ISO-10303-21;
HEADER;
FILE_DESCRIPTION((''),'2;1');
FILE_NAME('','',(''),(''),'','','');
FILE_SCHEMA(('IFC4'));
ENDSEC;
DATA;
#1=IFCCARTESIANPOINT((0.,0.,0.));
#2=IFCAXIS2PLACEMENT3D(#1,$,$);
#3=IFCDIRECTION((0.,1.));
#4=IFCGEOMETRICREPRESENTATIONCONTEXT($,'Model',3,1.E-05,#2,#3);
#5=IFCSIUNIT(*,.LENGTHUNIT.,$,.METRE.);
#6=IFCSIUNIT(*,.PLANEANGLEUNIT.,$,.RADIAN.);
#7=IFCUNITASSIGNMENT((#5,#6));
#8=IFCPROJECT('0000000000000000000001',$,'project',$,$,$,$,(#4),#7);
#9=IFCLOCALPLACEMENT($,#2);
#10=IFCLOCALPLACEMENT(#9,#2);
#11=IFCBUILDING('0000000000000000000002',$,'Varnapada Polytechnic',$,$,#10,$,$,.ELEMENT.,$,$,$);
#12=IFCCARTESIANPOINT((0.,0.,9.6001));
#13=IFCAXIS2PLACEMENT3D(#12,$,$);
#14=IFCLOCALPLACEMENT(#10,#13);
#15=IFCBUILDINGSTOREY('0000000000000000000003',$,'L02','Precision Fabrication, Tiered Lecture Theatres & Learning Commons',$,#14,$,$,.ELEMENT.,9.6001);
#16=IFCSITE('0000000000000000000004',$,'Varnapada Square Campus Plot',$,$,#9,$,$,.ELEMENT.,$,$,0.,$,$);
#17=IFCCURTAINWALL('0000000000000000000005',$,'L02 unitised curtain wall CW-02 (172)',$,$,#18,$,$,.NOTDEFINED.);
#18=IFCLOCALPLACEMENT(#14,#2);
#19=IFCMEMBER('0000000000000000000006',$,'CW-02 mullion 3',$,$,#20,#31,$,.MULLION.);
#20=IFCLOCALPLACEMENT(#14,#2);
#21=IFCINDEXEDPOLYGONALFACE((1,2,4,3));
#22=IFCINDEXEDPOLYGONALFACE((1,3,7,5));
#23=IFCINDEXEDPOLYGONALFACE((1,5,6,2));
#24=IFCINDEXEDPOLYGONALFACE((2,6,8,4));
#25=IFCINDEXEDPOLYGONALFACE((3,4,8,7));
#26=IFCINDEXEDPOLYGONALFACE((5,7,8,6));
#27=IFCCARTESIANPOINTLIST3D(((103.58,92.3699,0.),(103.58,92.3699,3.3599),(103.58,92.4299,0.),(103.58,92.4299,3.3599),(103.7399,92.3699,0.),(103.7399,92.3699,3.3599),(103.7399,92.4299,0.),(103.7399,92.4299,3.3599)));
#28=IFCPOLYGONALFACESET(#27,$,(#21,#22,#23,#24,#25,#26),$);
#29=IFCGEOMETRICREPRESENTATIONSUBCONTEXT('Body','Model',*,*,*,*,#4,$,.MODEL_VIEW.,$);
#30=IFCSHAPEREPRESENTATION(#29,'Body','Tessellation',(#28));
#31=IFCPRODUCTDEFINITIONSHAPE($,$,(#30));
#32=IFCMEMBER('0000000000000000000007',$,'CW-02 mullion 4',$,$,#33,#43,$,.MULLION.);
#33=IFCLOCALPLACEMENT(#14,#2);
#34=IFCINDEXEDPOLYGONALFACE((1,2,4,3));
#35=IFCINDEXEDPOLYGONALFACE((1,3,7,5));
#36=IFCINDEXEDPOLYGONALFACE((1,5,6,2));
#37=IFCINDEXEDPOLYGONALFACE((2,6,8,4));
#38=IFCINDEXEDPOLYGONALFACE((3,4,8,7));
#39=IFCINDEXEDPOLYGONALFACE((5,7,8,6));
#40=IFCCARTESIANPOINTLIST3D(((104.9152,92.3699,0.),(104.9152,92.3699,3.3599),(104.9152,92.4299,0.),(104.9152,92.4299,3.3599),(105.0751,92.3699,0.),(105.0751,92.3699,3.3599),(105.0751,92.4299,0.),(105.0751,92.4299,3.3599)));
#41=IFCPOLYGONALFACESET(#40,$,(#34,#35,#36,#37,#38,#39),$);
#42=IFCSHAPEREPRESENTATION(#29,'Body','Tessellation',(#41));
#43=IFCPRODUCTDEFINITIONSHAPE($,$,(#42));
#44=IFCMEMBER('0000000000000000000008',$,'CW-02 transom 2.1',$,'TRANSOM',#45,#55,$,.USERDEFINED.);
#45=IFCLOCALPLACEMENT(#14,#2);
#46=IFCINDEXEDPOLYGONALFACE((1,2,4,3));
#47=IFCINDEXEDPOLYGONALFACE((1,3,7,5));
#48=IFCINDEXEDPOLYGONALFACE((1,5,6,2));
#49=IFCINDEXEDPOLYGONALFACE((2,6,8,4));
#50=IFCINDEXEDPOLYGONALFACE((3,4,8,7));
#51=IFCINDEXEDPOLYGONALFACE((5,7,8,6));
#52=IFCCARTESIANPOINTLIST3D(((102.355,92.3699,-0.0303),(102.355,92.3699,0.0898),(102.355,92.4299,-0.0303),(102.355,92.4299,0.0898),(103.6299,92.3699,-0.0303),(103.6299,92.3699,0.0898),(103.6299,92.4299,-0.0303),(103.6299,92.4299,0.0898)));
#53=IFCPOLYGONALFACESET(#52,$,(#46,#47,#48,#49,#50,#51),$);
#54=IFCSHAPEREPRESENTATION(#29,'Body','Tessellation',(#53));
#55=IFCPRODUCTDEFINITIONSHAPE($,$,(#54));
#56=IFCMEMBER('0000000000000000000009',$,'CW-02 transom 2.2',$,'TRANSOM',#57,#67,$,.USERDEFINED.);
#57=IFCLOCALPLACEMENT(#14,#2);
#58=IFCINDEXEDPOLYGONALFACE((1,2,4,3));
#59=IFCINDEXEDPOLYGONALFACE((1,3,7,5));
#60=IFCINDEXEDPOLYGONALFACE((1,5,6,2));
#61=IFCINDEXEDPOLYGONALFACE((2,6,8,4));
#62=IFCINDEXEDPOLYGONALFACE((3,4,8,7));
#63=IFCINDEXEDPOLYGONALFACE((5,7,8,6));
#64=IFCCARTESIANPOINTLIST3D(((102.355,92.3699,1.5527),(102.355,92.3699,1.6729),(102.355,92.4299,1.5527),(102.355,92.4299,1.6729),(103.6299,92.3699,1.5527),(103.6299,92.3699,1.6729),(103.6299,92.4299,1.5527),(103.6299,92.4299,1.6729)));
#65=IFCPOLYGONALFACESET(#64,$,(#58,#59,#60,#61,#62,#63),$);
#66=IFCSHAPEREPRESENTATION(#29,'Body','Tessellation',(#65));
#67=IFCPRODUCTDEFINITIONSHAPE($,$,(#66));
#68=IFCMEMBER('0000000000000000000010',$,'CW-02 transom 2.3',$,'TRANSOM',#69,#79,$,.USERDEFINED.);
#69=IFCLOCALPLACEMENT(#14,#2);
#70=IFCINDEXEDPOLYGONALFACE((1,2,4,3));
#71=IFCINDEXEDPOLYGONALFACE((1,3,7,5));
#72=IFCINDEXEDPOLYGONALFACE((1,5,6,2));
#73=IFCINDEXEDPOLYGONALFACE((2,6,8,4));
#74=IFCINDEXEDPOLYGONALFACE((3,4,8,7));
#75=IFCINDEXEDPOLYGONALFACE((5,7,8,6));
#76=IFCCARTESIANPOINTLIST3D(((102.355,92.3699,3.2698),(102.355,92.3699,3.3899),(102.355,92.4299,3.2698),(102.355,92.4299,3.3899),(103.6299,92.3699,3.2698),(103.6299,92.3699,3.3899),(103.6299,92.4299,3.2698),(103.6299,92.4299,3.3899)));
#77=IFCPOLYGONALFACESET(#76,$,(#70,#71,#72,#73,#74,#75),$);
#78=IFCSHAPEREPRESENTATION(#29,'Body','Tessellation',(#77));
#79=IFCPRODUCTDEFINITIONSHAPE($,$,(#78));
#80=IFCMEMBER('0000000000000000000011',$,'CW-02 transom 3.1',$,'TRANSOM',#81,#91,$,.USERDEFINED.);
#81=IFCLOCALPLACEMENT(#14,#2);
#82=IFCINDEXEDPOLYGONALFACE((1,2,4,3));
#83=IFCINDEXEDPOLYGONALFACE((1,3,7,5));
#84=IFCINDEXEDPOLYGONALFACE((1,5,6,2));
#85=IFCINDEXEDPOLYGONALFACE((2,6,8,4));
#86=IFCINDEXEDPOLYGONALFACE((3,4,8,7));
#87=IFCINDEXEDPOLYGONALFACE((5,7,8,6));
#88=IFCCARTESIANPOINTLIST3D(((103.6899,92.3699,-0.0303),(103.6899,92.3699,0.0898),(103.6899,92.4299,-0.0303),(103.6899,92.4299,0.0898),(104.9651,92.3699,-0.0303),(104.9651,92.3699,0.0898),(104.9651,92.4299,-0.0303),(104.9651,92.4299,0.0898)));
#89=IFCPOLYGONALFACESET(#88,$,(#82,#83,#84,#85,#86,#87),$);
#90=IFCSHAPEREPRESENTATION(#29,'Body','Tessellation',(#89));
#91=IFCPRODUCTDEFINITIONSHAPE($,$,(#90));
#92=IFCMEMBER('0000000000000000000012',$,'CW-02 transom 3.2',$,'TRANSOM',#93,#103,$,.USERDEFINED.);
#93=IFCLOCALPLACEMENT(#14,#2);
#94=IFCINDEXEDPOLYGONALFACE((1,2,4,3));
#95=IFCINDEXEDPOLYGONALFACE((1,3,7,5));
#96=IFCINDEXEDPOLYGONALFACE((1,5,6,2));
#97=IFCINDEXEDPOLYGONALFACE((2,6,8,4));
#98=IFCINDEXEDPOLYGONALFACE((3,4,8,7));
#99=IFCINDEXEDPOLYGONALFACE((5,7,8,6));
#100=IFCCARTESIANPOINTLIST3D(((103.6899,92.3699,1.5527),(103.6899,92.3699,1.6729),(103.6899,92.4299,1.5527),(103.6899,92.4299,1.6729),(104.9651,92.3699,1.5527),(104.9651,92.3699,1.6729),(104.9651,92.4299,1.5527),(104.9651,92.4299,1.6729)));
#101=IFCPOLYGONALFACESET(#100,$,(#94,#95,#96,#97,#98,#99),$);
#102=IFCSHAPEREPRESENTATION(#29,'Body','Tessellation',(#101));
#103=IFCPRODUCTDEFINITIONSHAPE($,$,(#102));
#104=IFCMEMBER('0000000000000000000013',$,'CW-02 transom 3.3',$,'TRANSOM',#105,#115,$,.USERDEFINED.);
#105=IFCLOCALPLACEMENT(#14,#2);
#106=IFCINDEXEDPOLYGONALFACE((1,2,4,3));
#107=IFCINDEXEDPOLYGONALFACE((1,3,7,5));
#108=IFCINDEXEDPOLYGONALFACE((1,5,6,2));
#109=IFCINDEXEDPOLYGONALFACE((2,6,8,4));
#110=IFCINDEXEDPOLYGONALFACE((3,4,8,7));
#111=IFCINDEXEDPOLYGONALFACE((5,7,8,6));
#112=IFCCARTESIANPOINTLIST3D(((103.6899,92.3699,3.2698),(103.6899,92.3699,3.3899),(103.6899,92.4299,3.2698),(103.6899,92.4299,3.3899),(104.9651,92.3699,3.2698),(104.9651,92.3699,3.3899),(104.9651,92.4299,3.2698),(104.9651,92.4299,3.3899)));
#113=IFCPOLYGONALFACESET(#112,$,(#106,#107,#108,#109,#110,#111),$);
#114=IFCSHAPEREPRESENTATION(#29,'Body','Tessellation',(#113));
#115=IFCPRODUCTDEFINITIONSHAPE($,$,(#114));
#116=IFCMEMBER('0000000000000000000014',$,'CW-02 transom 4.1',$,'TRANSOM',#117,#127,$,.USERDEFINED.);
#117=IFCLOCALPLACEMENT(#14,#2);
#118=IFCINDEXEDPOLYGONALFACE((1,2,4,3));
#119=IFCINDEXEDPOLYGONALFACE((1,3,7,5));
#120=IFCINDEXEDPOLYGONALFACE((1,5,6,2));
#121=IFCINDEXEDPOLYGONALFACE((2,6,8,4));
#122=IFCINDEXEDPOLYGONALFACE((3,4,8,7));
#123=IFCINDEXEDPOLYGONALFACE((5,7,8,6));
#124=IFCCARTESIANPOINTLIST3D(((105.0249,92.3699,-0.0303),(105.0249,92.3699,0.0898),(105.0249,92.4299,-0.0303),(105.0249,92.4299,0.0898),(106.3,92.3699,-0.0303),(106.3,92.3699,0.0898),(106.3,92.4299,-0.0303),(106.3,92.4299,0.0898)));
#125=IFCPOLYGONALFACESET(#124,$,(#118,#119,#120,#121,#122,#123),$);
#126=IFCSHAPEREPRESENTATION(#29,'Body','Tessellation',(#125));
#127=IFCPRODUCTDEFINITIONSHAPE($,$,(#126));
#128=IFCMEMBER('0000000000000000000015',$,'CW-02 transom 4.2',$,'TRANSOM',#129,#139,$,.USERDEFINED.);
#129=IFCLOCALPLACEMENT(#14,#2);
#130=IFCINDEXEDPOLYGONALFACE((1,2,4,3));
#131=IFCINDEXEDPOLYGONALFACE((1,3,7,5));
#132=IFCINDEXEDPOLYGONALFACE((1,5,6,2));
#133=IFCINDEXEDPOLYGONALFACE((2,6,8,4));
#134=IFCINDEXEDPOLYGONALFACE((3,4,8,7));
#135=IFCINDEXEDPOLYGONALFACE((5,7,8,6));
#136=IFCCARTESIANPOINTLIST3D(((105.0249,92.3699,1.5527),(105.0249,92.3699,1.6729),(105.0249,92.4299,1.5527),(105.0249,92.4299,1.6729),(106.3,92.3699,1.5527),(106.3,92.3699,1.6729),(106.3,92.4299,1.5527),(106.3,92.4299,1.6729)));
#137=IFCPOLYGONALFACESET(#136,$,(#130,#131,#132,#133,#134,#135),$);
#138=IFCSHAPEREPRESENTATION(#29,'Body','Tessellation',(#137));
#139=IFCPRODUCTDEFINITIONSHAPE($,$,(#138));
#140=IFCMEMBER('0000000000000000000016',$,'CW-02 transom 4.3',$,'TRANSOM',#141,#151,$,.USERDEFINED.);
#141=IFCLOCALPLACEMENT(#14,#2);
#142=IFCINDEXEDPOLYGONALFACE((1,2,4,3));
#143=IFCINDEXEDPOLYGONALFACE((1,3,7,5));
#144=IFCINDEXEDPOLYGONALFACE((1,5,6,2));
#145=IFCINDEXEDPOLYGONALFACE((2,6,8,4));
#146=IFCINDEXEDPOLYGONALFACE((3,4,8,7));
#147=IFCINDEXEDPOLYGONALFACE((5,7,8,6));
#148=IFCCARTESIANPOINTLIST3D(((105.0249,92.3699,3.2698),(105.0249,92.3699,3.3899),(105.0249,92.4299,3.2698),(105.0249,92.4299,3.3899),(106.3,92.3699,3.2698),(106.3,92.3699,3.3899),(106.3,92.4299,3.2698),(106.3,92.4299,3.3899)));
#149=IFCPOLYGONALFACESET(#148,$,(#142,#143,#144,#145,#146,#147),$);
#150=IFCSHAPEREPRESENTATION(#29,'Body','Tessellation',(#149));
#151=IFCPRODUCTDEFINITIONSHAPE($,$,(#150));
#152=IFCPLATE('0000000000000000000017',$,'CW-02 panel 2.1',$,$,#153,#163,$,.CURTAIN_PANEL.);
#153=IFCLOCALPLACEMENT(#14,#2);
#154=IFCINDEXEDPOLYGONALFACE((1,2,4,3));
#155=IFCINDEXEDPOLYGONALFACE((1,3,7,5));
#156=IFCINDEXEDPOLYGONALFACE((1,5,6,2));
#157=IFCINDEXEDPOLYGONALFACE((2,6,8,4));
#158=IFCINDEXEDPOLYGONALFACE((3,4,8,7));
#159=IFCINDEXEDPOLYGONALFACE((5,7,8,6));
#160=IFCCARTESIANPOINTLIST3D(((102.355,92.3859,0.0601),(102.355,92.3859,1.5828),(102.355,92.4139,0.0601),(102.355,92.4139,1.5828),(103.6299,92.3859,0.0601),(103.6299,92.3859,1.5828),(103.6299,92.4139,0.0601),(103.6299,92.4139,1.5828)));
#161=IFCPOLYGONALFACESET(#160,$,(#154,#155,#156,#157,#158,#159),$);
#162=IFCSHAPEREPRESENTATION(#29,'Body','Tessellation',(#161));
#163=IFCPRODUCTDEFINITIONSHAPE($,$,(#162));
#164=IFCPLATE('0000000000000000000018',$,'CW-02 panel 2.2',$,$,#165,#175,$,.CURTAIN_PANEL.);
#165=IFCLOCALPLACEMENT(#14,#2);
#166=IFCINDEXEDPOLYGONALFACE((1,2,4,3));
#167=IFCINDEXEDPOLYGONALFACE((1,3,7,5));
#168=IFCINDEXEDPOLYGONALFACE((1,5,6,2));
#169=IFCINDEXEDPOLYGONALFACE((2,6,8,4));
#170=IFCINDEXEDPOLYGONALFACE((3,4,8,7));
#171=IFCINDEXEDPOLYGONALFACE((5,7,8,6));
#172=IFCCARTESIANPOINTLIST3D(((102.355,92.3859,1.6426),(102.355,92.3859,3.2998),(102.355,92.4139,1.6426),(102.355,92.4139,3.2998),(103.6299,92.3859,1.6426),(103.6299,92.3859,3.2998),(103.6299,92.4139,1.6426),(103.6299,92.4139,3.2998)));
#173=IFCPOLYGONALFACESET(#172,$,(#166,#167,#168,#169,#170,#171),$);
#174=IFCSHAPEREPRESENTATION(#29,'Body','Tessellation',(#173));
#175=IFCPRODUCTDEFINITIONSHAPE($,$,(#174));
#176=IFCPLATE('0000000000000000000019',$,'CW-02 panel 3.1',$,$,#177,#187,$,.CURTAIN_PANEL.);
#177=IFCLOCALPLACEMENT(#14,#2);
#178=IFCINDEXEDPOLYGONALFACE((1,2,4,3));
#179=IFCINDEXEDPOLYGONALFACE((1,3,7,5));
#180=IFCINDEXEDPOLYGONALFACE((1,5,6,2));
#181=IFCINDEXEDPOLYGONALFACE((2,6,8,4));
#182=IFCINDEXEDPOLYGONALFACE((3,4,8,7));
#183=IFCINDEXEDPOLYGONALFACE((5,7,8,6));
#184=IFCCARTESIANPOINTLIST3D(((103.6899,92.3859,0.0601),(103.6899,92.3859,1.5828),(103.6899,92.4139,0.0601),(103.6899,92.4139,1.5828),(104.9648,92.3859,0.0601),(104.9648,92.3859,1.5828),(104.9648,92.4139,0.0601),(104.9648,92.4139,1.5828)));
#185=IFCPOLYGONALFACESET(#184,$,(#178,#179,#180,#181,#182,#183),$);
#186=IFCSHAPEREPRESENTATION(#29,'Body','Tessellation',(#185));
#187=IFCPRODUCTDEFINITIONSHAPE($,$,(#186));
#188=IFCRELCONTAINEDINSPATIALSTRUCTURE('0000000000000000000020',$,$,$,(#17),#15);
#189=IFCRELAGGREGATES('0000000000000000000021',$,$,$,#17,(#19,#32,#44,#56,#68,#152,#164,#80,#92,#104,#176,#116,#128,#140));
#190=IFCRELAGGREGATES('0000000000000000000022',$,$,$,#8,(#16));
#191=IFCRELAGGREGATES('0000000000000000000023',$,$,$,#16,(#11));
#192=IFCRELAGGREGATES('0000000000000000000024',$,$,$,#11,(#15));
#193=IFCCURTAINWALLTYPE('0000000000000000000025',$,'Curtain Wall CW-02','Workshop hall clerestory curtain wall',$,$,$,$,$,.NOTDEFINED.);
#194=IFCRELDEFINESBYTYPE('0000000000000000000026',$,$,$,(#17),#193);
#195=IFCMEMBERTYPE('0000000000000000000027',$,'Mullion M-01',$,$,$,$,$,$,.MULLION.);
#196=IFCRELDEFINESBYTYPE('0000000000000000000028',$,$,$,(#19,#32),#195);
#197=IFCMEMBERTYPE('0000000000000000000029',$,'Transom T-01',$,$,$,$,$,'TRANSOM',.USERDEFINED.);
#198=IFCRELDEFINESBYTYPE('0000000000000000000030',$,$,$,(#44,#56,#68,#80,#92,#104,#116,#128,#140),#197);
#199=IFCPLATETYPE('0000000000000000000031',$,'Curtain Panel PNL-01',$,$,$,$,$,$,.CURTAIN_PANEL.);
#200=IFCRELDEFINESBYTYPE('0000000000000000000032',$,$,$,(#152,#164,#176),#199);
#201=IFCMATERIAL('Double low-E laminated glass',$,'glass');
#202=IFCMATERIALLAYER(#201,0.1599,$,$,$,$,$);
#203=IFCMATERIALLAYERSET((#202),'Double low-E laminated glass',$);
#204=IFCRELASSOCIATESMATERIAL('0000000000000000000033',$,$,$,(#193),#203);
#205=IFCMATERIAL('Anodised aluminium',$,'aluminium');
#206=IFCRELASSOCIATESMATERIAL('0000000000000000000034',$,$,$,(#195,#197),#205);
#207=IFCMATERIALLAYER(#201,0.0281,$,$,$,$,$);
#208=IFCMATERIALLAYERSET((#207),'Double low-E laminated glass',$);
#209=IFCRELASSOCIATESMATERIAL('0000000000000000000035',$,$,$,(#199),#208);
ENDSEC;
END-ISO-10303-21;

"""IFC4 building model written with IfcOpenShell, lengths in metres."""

from ifc_helpers import new_model, si_unit, direction, frame, origin, origin_2d, place, context, subcontext, project, spatial, rectangle, extrude, material, layer, layer_set, material_profile, profile_set, type_object, element, aggregate, save


model = new_model("IFC4")

# Units and contexts
model_context = context("Model", 3, precision=1e-05, world=origin(), true_north=direction((0.0, 1.0)))
body_context = subcontext(model_context, "Body", "Model", "MODEL_VIEW")
ifc_project = project(units=[si_unit("LENGTHUNIT", "METRE"), si_unit("PLANEANGLEUNIT", "RADIAN")], contexts=[model_context])

# Site, building, storey
site_placement = place(None, origin())
site = spatial("IfcSite", under=ifc_project, at=site_placement, Name="Varnapada Square Campus Plot", CompositionType="ELEMENT", RefElevation=0.0)
building_placement = place(site_placement, origin())
building = spatial("IfcBuilding", under=site, at=building_placement, Name="Varnapada Polytechnic", CompositionType="ELEMENT")
storey_placement = place(building_placement, frame((0.0, 0.0, 9.6001)))
storey = spatial("IfcBuildingStorey", under=building, at=storey_placement, Name="L02", Description="Precision Fabrication, Tiered Lecture Theatres & Learning Commons", CompositionType="ELEMENT", Elevation=9.6001)

# Curtain wall, members, plates
ifc_material_1 = material(Name="Double low-E laminated glass", Category="glass")
ifc_layer_1 = layer(ifc_material_1, 0.1599)
ifc_layer_set_1 = layer_set([ifc_layer_1], Name="Double low-E laminated glass")
curtain_wall_type = type_object("IfcCurtainWallType", Name="Curtain Wall CW-02", Description="Workshop hall clerestory curtain wall", PredefinedType="NOTDEFINED", material=ifc_layer_set_1)
curtain_wall_placement = place(storey_placement, origin())
curtain_wall = element("IfcCurtainWall", 1, at=curtain_wall_placement, inside=storey, type_object=curtain_wall_type, Name="L02 unitised curtain wall CW-02 (172)", PredefinedType="NOTDEFINED")
ifc_material_2 = material(Name="Anodised aluminium", Category="aluminium")
ifc_material_profile_1 = material_profile(ifc_material_2, rectangle(XDim=0.0601, YDim=0.1599, at=origin_2d()), Name="ALU M60x160")
ifc_profile_set_1 = profile_set([ifc_material_profile_1], Name="Anodised aluminium")
member_type_1 = type_object("IfcMemberType", Name="Mullion M-01", PredefinedType="MULLION", material=ifc_profile_set_1)
member_1_placement = place(storey_placement, frame((103.6599, 92.3999, 0.0), z_axis=(0.0, 0.0, 1.0), x_axis=(0.0, 1.0, 0.0)))
member_1 = element("IfcMember", 2, at=member_1_placement, type_object=member_type_1, Name="CW-02 mullion 3", PredefinedType="MULLION", context=body_context, shape_type="SweptSolid", body=[
    extrude(rectangle(XDim=0.0601, YDim=0.1599, at=origin_2d()), origin(), (0.0, 0.0, 1.0), 3.3599),
])
member_2_placement = place(storey_placement, frame((104.9951, 92.3999, 0.0), z_axis=(0.0, 0.0, 1.0), x_axis=(0.0, 1.0, 0.0)))
member_2 = element("IfcMember", 3, at=member_2_placement, type_object=member_type_1, Name="CW-02 mullion 4", PredefinedType="MULLION", context=body_context, shape_type="SweptSolid", body=[
    extrude(rectangle(XDim=0.0601, YDim=0.1599, at=origin_2d()), origin(), (0.0, 0.0, 1.0), 3.3599),
])
ifc_material_profile_2 = material_profile(ifc_material_2, rectangle(XDim=0.0601, YDim=0.1201, at=origin_2d()), Name="ALU T60x120")
ifc_profile_set_2 = profile_set([ifc_material_profile_2], Name="Anodised aluminium")
member_type_2 = type_object("IfcMemberType", Name="Transom T-01", ElementType="TRANSOM", PredefinedType="USERDEFINED", material=ifc_profile_set_2)
member_3_placement = place(storey_placement, frame((102.355, 92.3999, 0.0298), z_axis=(1.0, 0.0, 0.0), x_axis=(0.0, 1.0, 0.0)))
member_3 = element("IfcMember", 4, at=member_3_placement, type_object=member_type_2, Name="CW-02 transom 2.1", ObjectType="TRANSOM", PredefinedType="USERDEFINED", context=body_context, shape_type="SweptSolid", body=[
    extrude(rectangle(XDim=0.0601, YDim=0.1201, at=origin_2d()), origin(), (0.0, 0.0, 1.0), 1.2749),
])
member_4_placement = place(storey_placement, frame((102.355, 92.3999, 1.6128), z_axis=(1.0, 0.0, 0.0), x_axis=(0.0, 1.0, 0.0)))
member_4 = element("IfcMember", 5, at=member_4_placement, type_object=member_type_2, Name="CW-02 transom 2.2", ObjectType="TRANSOM", PredefinedType="USERDEFINED", context=body_context, shape_type="SweptSolid", body=[
    extrude(rectangle(XDim=0.0601, YDim=0.1201, at=origin_2d()), origin(), (0.0, 0.0, 1.0), 1.2749),
])
member_5_placement = place(storey_placement, frame((102.355, 92.3999, 3.3298), z_axis=(1.0, 0.0, 0.0), x_axis=(0.0, 1.0, 0.0)))
member_5 = element("IfcMember", 6, at=member_5_placement, type_object=member_type_2, Name="CW-02 transom 2.3", ObjectType="TRANSOM", PredefinedType="USERDEFINED", context=body_context, shape_type="SweptSolid", body=[
    extrude(rectangle(XDim=0.0601, YDim=0.1201, at=origin_2d()), origin(), (0.0, 0.0, 1.0), 1.2749),
])
member_6_placement = place(storey_placement, frame((103.6899, 92.3999, 0.0298), z_axis=(1.0, 0.0, 0.0), x_axis=(0.0, 1.0, 0.0)))
member_6 = element("IfcMember", 7, at=member_6_placement, type_object=member_type_2, Name="CW-02 transom 3.1", ObjectType="TRANSOM", PredefinedType="USERDEFINED", context=body_context, shape_type="SweptSolid", body=[
    extrude(rectangle(XDim=0.0601, YDim=0.1201, at=origin_2d()), origin(), (0.0, 0.0, 1.0), 1.2751),
])
member_7_placement = place(storey_placement, frame((103.6899, 92.3999, 1.6128), z_axis=(1.0, 0.0, 0.0), x_axis=(0.0, 1.0, 0.0)))
member_7 = element("IfcMember", 8, at=member_7_placement, type_object=member_type_2, Name="CW-02 transom 3.2", ObjectType="TRANSOM", PredefinedType="USERDEFINED", context=body_context, shape_type="SweptSolid", body=[
    extrude(rectangle(XDim=0.0601, YDim=0.1201, at=origin_2d()), origin(), (0.0, 0.0, 1.0), 1.2751),
])
member_8_placement = place(storey_placement, frame((103.6899, 92.3999, 3.3298), z_axis=(1.0, 0.0, 0.0), x_axis=(0.0, 1.0, 0.0)))
member_8 = element("IfcMember", 9, at=member_8_placement, type_object=member_type_2, Name="CW-02 transom 3.3", ObjectType="TRANSOM", PredefinedType="USERDEFINED", context=body_context, shape_type="SweptSolid", body=[
    extrude(rectangle(XDim=0.0601, YDim=0.1201, at=origin_2d()), origin(), (0.0, 0.0, 1.0), 1.2751),
])
member_9_placement = place(storey_placement, frame((105.0249, 92.3999, 0.0298), z_axis=(1.0, 0.0, 0.0), x_axis=(0.0, 1.0, 0.0)))
member_9 = element("IfcMember", 10, at=member_9_placement, type_object=member_type_2, Name="CW-02 transom 4.1", ObjectType="TRANSOM", PredefinedType="USERDEFINED", context=body_context, shape_type="SweptSolid", body=[
    extrude(rectangle(XDim=0.0601, YDim=0.1201, at=origin_2d()), origin(), (0.0, 0.0, 1.0), 1.2751),
])
member_10_placement = place(storey_placement, frame((105.0249, 92.3999, 1.6128), z_axis=(1.0, 0.0, 0.0), x_axis=(0.0, 1.0, 0.0)))
member_10 = element("IfcMember", 11, at=member_10_placement, type_object=member_type_2, Name="CW-02 transom 4.2", ObjectType="TRANSOM", PredefinedType="USERDEFINED", context=body_context, shape_type="SweptSolid", body=[
    extrude(rectangle(XDim=0.0601, YDim=0.1201, at=origin_2d()), origin(), (0.0, 0.0, 1.0), 1.2751),
])
member_11_placement = place(storey_placement, frame((105.0249, 92.3999, 3.3298), z_axis=(1.0, 0.0, 0.0), x_axis=(0.0, 1.0, 0.0)))
member_11 = element("IfcMember", 12, at=member_11_placement, type_object=member_type_2, Name="CW-02 transom 4.3", ObjectType="TRANSOM", PredefinedType="USERDEFINED", context=body_context, shape_type="SweptSolid", body=[
    extrude(rectangle(XDim=0.0601, YDim=0.1201, at=origin_2d()), origin(), (0.0, 0.0, 1.0), 1.2751),
])
ifc_layer_2 = layer(ifc_material_1, 0.0281)
ifc_layer_set_2 = layer_set([ifc_layer_2], Name="Double low-E laminated glass")
plate_type = type_object("IfcPlateType", Name="Curtain Panel PNL-01", PredefinedType="CURTAIN_PANEL", material=ifc_layer_set_2)
plate_1_placement = place(storey_placement, frame((102.9924, 92.3999, 0.0601), z_axis=(0.0, 0.0, 1.0), x_axis=(1.0, 0.0, 0.0)))
plate_1 = element("IfcPlate", 13, at=plate_1_placement, type_object=plate_type, Name="CW-02 panel 2.1", PredefinedType="CURTAIN_PANEL", context=body_context, shape_type="SweptSolid", body=[
    extrude(rectangle(XDim=1.2749, YDim=0.0281, at=origin_2d()), origin(), (0.0, 0.0, 1.0), 1.5227),
])
plate_2_placement = place(storey_placement, frame((102.9924, 92.3999, 1.6426), z_axis=(0.0, 0.0, 1.0), x_axis=(1.0, 0.0, 0.0)))
plate_2 = element("IfcPlate", 14, at=plate_2_placement, type_object=plate_type, Name="CW-02 panel 2.2", PredefinedType="CURTAIN_PANEL", context=body_context, shape_type="SweptSolid", body=[
    extrude(rectangle(XDim=1.2749, YDim=0.0281, at=origin_2d()), origin(), (0.0, 0.0, 1.0), 1.6572),
])
plate_3_placement = place(storey_placement, frame((104.3274, 92.3999, 0.0601), z_axis=(0.0, 0.0, 1.0), x_axis=(1.0, 0.0, 0.0)))
plate_3 = element("IfcPlate", 15, at=plate_3_placement, type_object=plate_type, Name="CW-02 panel 3.1", PredefinedType="CURTAIN_PANEL", context=body_context, shape_type="SweptSolid", body=[
    extrude(rectangle(XDim=1.2749, YDim=0.0281, at=origin_2d()), origin(), (0.0, 0.0, 1.0), 1.5227),
])
aggregate(curtain_wall, [member_1, member_2, member_3, member_4, member_5, plate_1, plate_2, member_6, member_7, member_8, plate_3, member_9, member_10, member_11])

save(model, "model.ifc")
